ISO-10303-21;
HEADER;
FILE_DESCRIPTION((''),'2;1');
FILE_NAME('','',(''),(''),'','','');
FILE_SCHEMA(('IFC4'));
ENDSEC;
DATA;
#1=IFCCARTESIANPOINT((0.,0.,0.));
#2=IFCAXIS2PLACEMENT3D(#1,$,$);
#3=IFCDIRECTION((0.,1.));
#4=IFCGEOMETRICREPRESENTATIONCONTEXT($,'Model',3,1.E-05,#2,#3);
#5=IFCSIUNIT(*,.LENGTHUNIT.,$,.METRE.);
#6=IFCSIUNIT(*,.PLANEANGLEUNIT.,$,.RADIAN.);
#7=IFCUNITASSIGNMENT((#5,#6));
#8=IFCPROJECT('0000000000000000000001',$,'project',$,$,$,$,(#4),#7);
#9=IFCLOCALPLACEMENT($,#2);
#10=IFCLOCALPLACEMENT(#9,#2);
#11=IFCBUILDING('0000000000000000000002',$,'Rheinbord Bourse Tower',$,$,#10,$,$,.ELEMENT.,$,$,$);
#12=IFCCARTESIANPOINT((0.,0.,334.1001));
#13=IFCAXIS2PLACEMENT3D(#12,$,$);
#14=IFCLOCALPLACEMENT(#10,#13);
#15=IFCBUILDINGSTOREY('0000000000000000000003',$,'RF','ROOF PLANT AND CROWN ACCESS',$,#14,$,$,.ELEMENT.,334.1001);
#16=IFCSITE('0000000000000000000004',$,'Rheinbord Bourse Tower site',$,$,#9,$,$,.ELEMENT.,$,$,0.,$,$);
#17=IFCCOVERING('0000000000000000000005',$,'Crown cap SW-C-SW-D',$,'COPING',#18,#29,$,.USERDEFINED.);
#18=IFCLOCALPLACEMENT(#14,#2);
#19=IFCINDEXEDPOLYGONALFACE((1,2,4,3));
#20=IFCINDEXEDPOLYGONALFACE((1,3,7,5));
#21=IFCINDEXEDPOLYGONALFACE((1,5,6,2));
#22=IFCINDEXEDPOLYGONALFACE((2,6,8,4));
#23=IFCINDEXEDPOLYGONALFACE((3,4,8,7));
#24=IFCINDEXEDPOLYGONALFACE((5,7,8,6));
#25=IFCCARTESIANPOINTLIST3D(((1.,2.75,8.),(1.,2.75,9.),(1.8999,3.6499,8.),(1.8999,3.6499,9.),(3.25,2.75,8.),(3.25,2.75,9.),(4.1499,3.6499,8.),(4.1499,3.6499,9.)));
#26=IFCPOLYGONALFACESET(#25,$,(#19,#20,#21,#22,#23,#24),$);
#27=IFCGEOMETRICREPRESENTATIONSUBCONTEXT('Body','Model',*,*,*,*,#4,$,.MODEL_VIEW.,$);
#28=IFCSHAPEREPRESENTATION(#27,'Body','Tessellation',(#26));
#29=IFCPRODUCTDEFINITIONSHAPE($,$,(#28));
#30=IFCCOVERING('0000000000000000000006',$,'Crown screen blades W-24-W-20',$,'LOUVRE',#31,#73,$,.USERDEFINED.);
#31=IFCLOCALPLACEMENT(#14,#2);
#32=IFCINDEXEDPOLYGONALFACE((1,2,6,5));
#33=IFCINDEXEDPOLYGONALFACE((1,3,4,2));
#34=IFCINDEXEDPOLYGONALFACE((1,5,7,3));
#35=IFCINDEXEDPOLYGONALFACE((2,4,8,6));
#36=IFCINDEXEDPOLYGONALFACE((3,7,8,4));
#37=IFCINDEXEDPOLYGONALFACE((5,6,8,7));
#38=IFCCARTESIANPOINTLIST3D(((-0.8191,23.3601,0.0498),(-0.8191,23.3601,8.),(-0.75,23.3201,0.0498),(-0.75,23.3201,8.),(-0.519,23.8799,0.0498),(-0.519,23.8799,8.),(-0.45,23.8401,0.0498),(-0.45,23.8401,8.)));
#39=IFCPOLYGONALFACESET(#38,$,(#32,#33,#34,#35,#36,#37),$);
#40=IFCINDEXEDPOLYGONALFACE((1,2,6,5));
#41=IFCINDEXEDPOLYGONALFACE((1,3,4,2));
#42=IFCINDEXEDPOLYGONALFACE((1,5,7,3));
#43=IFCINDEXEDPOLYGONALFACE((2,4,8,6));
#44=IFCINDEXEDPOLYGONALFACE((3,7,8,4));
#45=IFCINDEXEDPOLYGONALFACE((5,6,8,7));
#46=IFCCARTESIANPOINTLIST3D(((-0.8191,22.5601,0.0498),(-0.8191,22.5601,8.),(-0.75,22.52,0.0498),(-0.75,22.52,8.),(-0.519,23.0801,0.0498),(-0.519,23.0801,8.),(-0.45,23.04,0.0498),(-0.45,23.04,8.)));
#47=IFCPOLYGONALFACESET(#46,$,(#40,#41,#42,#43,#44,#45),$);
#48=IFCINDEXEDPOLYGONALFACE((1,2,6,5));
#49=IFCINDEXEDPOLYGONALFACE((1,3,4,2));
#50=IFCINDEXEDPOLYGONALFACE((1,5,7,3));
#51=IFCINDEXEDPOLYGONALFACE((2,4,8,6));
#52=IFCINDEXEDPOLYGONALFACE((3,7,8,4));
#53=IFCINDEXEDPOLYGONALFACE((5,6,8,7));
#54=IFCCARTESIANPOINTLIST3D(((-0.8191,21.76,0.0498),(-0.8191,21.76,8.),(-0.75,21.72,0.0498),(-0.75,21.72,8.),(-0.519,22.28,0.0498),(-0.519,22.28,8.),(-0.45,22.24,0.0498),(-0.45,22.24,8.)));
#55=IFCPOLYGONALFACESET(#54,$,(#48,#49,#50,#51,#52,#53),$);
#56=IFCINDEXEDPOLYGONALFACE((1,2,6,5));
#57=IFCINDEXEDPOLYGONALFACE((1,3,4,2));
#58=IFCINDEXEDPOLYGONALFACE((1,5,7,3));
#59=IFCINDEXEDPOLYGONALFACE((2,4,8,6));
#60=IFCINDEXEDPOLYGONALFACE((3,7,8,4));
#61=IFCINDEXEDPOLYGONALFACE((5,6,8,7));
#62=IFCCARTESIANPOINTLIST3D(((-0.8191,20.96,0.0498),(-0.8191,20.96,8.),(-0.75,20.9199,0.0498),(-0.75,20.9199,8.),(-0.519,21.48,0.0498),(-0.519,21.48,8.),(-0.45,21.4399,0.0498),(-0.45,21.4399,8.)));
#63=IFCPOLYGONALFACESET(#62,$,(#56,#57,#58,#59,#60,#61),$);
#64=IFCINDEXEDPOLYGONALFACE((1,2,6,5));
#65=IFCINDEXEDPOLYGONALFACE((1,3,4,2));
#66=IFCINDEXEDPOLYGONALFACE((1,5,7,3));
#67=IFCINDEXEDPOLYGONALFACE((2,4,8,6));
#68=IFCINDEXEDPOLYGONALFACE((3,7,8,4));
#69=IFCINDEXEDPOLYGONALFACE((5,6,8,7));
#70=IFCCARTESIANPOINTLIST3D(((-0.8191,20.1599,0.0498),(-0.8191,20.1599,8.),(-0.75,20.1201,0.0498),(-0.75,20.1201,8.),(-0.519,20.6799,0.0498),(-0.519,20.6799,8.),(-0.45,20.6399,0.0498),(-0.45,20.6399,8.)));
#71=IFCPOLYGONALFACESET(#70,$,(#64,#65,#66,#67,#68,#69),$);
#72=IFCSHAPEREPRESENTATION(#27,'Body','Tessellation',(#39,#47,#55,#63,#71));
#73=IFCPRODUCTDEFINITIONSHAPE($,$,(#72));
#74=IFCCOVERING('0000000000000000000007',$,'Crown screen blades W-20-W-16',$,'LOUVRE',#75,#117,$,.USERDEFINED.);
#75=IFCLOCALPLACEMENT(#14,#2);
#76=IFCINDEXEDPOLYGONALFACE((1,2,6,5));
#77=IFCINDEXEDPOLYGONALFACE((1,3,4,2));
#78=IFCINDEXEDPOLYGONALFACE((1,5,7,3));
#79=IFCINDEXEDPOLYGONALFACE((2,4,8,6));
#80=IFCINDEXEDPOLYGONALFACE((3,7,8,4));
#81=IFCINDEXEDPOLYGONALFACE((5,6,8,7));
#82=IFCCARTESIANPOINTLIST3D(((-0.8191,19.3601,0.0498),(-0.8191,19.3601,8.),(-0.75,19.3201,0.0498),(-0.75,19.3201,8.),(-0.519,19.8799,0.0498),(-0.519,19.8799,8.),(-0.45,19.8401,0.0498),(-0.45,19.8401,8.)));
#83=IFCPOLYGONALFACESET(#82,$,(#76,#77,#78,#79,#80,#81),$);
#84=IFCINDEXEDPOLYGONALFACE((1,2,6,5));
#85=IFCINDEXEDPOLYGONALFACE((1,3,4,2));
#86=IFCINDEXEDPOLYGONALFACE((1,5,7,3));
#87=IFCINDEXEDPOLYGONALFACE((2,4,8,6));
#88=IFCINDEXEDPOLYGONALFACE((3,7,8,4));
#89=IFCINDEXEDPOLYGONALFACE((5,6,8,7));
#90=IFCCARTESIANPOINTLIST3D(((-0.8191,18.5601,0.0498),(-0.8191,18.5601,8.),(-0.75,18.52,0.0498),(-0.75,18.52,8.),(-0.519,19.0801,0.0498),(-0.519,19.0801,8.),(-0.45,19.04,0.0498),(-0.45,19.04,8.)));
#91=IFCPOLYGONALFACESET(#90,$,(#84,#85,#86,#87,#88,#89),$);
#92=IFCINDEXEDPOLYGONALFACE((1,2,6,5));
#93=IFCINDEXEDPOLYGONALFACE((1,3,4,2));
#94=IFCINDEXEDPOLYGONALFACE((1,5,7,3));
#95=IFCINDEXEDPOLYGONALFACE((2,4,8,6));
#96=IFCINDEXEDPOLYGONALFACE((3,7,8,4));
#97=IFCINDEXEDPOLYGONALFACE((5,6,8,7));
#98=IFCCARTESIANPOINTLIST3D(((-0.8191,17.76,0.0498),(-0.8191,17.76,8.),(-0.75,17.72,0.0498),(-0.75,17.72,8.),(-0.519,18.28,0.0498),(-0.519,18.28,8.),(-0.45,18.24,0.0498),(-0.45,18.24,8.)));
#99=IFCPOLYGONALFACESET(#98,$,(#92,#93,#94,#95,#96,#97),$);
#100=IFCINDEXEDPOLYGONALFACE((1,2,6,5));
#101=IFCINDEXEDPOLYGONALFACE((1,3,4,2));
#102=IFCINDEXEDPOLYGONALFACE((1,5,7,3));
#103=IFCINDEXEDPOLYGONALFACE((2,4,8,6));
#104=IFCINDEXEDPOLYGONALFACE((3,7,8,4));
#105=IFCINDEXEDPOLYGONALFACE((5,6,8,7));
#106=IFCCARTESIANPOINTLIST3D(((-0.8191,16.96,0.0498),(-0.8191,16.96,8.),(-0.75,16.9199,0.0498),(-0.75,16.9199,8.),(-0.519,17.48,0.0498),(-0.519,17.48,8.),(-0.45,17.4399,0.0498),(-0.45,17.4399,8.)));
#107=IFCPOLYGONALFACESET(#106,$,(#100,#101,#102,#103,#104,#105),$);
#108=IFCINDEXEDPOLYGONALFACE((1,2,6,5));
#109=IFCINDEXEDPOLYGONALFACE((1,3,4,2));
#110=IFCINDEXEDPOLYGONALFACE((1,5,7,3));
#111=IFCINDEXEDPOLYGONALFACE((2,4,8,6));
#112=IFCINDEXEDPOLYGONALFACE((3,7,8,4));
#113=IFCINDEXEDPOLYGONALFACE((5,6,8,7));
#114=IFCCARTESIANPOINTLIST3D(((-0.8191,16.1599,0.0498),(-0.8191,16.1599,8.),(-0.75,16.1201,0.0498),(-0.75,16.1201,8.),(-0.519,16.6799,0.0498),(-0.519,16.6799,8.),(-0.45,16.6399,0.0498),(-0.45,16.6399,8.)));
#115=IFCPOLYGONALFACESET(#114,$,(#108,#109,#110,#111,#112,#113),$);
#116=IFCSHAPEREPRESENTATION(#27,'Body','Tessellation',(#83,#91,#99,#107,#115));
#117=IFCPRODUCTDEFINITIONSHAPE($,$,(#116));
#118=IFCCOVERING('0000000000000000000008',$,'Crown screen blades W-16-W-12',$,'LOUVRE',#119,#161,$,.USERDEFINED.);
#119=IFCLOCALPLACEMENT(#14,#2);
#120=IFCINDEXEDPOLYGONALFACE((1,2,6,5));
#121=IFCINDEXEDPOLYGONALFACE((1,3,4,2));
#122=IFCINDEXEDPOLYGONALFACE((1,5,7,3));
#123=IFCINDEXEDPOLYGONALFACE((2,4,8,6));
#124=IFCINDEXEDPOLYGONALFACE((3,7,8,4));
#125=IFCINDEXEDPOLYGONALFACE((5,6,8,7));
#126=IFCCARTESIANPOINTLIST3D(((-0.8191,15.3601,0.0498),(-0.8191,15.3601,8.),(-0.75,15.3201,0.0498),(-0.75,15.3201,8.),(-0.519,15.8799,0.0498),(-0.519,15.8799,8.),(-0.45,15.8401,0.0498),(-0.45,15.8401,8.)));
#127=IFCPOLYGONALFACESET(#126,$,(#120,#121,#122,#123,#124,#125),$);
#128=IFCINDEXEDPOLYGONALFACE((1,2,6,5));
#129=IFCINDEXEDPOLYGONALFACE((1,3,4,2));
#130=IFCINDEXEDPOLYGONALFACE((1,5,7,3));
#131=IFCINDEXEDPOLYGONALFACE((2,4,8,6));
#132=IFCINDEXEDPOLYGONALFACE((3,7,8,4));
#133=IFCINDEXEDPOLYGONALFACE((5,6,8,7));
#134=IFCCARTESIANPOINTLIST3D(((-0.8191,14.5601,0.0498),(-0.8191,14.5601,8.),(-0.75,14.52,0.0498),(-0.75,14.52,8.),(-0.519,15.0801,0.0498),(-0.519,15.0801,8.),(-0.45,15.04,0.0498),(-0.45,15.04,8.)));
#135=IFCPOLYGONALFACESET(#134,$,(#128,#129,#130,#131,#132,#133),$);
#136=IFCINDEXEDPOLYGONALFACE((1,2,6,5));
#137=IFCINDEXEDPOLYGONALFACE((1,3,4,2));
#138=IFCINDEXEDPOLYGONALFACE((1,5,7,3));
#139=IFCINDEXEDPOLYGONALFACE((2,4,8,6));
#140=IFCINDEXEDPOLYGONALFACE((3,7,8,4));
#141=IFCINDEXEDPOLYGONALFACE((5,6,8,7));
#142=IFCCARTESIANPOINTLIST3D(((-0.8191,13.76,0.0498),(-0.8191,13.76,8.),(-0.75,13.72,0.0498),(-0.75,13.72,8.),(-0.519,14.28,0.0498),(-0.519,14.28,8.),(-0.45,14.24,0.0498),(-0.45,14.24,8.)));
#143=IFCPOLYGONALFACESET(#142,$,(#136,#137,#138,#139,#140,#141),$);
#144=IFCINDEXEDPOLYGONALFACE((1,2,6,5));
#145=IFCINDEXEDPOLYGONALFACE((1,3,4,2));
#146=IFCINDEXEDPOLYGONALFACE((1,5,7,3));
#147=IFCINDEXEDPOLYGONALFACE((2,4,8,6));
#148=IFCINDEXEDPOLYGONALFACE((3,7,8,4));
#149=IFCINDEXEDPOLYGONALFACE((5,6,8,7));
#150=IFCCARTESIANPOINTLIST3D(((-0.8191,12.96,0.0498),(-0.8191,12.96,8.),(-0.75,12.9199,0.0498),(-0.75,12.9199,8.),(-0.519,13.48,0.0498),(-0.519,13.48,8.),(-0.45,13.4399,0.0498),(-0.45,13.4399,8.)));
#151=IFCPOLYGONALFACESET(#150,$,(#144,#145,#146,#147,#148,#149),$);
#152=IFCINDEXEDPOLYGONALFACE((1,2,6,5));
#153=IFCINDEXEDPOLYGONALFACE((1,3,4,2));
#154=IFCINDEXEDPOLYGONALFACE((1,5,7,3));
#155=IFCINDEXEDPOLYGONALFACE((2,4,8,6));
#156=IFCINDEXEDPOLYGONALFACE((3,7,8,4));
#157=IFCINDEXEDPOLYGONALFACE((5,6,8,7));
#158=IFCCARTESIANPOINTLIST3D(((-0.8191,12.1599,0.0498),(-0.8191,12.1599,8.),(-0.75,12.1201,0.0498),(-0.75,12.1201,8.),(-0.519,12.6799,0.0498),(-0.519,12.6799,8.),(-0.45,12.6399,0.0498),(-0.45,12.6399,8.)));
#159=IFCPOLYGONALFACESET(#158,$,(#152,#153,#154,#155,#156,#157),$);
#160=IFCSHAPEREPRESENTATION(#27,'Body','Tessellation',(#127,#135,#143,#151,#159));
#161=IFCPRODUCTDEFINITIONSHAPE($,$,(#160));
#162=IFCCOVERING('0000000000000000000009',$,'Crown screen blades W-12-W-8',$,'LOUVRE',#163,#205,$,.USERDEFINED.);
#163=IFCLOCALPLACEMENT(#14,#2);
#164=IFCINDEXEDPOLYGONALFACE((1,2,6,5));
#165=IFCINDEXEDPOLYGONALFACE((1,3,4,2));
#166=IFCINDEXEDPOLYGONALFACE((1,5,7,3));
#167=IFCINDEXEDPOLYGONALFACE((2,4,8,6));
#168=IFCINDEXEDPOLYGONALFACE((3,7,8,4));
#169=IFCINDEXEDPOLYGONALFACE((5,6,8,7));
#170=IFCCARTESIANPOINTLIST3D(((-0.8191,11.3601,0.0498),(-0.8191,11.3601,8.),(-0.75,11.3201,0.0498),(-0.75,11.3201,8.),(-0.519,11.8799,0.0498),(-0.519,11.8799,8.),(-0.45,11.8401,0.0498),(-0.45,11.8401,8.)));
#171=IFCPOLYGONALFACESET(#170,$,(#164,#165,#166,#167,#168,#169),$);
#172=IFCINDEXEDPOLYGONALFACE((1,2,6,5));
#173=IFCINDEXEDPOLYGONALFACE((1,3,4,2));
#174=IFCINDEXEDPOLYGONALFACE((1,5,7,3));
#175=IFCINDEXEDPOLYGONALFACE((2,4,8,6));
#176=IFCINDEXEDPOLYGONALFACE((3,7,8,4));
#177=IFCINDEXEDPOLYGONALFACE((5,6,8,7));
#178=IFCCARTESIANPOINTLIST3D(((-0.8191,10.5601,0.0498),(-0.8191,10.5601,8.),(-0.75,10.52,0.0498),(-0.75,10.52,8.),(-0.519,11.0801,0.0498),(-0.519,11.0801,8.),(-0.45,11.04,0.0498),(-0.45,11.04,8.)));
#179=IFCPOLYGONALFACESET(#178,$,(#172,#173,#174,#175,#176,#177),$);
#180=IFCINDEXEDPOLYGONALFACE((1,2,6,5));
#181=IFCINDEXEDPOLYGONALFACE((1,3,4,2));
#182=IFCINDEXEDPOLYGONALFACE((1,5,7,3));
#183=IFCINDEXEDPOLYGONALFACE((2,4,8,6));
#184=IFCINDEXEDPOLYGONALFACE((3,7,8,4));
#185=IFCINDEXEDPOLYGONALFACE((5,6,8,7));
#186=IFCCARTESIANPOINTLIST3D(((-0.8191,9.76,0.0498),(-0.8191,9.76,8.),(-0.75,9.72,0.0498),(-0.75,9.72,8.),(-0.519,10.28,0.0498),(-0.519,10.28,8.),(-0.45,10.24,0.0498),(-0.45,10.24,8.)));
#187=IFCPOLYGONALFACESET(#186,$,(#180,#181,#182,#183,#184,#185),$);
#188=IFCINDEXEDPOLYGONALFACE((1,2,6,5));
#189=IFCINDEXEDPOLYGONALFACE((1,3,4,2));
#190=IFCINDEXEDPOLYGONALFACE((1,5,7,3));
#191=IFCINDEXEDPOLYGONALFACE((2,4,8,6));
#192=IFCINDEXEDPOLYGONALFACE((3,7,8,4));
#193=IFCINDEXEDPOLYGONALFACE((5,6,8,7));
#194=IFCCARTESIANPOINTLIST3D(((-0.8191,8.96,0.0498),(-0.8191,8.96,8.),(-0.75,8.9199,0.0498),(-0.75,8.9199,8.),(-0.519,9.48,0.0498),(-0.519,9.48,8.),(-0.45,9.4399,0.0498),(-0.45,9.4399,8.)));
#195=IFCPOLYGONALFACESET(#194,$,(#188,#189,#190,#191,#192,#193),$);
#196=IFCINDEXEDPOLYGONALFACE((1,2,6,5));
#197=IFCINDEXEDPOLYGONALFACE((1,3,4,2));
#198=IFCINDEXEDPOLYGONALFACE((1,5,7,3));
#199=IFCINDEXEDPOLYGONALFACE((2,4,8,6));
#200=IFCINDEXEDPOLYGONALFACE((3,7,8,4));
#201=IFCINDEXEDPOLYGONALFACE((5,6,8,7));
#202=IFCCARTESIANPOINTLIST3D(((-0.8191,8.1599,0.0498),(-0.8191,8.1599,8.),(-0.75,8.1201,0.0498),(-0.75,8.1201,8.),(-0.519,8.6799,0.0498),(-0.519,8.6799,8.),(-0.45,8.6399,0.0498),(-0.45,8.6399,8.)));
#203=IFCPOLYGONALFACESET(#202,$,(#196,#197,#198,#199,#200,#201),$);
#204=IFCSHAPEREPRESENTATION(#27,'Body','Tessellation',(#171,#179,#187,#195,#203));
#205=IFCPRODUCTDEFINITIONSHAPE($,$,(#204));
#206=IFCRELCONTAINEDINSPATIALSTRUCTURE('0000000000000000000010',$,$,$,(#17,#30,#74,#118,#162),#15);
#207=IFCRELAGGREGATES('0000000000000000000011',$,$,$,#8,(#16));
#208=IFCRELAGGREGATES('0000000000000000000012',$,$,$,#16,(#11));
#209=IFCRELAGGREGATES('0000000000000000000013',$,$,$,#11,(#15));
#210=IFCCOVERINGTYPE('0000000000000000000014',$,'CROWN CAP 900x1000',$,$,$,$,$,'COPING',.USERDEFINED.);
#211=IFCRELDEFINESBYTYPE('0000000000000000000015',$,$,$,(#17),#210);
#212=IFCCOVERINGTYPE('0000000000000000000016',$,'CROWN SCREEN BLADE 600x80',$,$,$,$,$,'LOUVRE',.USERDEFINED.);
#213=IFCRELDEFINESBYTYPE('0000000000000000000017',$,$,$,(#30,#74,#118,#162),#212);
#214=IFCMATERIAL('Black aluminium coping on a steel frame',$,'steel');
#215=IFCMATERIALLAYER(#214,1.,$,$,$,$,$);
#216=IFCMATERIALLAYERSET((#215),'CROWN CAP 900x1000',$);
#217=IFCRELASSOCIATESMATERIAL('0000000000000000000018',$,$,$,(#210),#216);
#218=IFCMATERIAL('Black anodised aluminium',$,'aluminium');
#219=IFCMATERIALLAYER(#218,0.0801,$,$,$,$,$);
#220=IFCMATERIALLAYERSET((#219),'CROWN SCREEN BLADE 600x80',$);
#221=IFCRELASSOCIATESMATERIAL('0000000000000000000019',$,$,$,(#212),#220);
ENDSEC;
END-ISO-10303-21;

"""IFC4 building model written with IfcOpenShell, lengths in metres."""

from ifc_helpers import new_model, si_unit, direction, frame, origin, place, context, subcontext, project, spatial, polyline, outline, extrude, material, layer, layer_set, type_object, element, save


model = new_model("IFC4")

# Units and contexts
model_context = context("Model", 3, precision=1e-05, world=origin(), true_north=direction((0.0, 1.0)))
body_context = subcontext(model_context, "Body", "Model", "MODEL_VIEW")
ifc_project = project(units=[si_unit("LENGTHUNIT", "METRE"), si_unit("PLANEANGLEUNIT", "RADIAN")], contexts=[model_context])

# Site, building, storey
site_placement = place(None, origin())
site = spatial("IfcSite", under=ifc_project, at=site_placement, Name="Rheinbord Bourse Tower site", CompositionType="ELEMENT", RefElevation=0.0)
building_placement = place(site_placement, origin())
building = spatial("IfcBuilding", under=site, at=building_placement, Name="Rheinbord Bourse Tower", CompositionType="ELEMENT")
storey_placement = place(building_placement, frame((0.0, 0.0, 334.1001)))
storey = spatial("IfcBuildingStorey", under=building, at=storey_placement, Name="RF", Description="ROOF PLANT AND CROWN ACCESS", CompositionType="ELEMENT", Elevation=334.1001)

# Coverings
ifc_material_1 = material(Name="Black aluminium coping on a steel frame", Category="steel")
ifc_layer_1 = layer(ifc_material_1, 1.0)
ifc_layer_set_1 = layer_set([ifc_layer_1], Name="CROWN CAP 900x1000")
covering_type_1 = type_object("IfcCoveringType", Name="CROWN CAP 900x1000", ElementType="COPING", PredefinedType="USERDEFINED", material=ifc_layer_set_1)
covering_1_placement = place(storey_placement, frame((0.0, 0.0, 8.0)))
element("IfcCovering", 1, at=covering_1_placement, inside=storey, type_object=covering_type_1, Name="Crown cap SW-C-SW-D", ObjectType="COPING", PredefinedType="USERDEFINED", context=body_context, shape_type="SweptSolid", body=[
    extrude(outline(polyline([(1.8999, 3.6499), (4.1499, 3.6499), (3.25, 2.75), (1.0, 2.75), (1.8999, 3.6499)])), origin(), (0.0, 0.0, 1.0), 1.0),
])
ifc_material_2 = material(Name="Black anodised aluminium", Category="aluminium")
ifc_layer_2 = layer(ifc_material_2, 0.0801)
ifc_layer_set_2 = layer_set([ifc_layer_2], Name="CROWN SCREEN BLADE 600x80")
covering_type_2 = type_object("IfcCoveringType", Name="CROWN SCREEN BLADE 600x80", ElementType="LOUVRE", PredefinedType="USERDEFINED", material=ifc_layer_set_2)
covering_2_placement = place(storey_placement, frame((0.0, 0.0, 0.0498)))
element("IfcCovering", 2, at=covering_2_placement, inside=storey, type_object=covering_type_2, Name="Crown screen blades W-24-W-20", ObjectType="LOUVRE", PredefinedType="USERDEFINED", context=body_context, shape_type="SweptSolid", body=[
    extrude(outline(polyline([(-0.45, 23.8401), (-0.75, 23.3201), (-0.8191, 23.3601), (-0.519, 23.8799), (-0.45, 23.8401)])), origin(), (0.0, 0.0, 1.0), 7.9502),
    extrude(outline(polyline([(-0.45, 23.04), (-0.75, 22.52), (-0.8191, 22.5601), (-0.519, 23.0801), (-0.45, 23.04)])), origin(), (0.0, 0.0, 1.0), 7.9502),
    extrude(outline(polyline([(-0.45, 22.24), (-0.75, 21.72), (-0.8191, 21.76), (-0.519, 22.28), (-0.45, 22.24)])), origin(), (0.0, 0.0, 1.0), 7.9502),
    extrude(outline(polyline([(-0.45, 21.4399), (-0.75, 20.9199), (-0.8191, 20.96), (-0.519, 21.48), (-0.45, 21.4399)])), origin(), (0.0, 0.0, 1.0), 7.9502),
    extrude(outline(polyline([(-0.45, 20.6399), (-0.75, 20.1201), (-0.8191, 20.1599), (-0.519, 20.6799), (-0.45, 20.6399)])), origin(), (0.0, 0.0, 1.0), 7.9502),
])
covering_3_placement = place(storey_placement, frame((0.0, 0.0, 0.0498)))
element("IfcCovering", 3, at=covering_3_placement, inside=storey, type_object=covering_type_2, Name="Crown screen blades W-20-W-16", ObjectType="LOUVRE", PredefinedType="USERDEFINED", context=body_context, shape_type="SweptSolid", body=[
    extrude(outline(polyline([(-0.45, 19.8401), (-0.75, 19.3201), (-0.8191, 19.3601), (-0.519, 19.8799), (-0.45, 19.8401)])), origin(), (0.0, 0.0, 1.0), 7.9502),
    extrude(outline(polyline([(-0.45, 19.04), (-0.75, 18.52), (-0.8191, 18.5601), (-0.519, 19.0801), (-0.45, 19.04)])), origin(), (0.0, 0.0, 1.0), 7.9502),
    extrude(outline(polyline([(-0.45, 18.24), (-0.75, 17.72), (-0.8191, 17.76), (-0.519, 18.28), (-0.45, 18.24)])), origin(), (0.0, 0.0, 1.0), 7.9502),
    extrude(outline(polyline([(-0.45, 17.4399), (-0.75, 16.9199), (-0.8191, 16.96), (-0.519, 17.48), (-0.45, 17.4399)])), origin(), (0.0, 0.0, 1.0), 7.9502),
    extrude(outline(polyline([(-0.45, 16.6399), (-0.75, 16.1201), (-0.8191, 16.1599), (-0.519, 16.6799), (-0.45, 16.6399)])), origin(), (0.0, 0.0, 1.0), 7.9502),
])
covering_4_placement = place(storey_placement, frame((0.0, 0.0, 0.0498)))
element("IfcCovering", 4, at=covering_4_placement, inside=storey, type_object=covering_type_2, Name="Crown screen blades W-16-W-12", ObjectType="LOUVRE", PredefinedType="USERDEFINED", context=body_context, shape_type="SweptSolid", body=[
    extrude(outline(polyline([(-0.45, 15.8401), (-0.75, 15.3201), (-0.8191, 15.3601), (-0.519, 15.8799), (-0.45, 15.8401)])), origin(), (0.0, 0.0, 1.0), 7.9502),
    extrude(outline(polyline([(-0.45, 15.04), (-0.75, 14.52), (-0.8191, 14.5601), (-0.519, 15.0801), (-0.45, 15.04)])), origin(), (0.0, 0.0, 1.0), 7.9502),
    extrude(outline(polyline([(-0.45, 14.24), (-0.75, 13.72), (-0.8191, 13.76), (-0.519, 14.28), (-0.45, 14.24)])), origin(), (0.0, 0.0, 1.0), 7.9502),
    extrude(outline(polyline([(-0.45, 13.4399), (-0.75, 12.9199), (-0.8191, 12.96), (-0.519, 13.48), (-0.45, 13.4399)])), origin(), (0.0, 0.0, 1.0), 7.9502),
    extrude(outline(polyline([(-0.45, 12.6399), (-0.75, 12.1201), (-0.8191, 12.1599), (-0.519, 12.6799), (-0.45, 12.6399)])), origin(), (0.0, 0.0, 1.0), 7.9502),
])
covering_5_placement = place(storey_placement, frame((0.0, 0.0, 0.0498)))
element("IfcCovering", 5, at=covering_5_placement, inside=storey, type_object=covering_type_2, Name="Crown screen blades W-12-W-8", ObjectType="LOUVRE", PredefinedType="USERDEFINED", context=body_context, shape_type="SweptSolid", body=[
    extrude(outline(polyline([(-0.45, 11.8401), (-0.75, 11.3201), (-0.8191, 11.3601), (-0.519, 11.8799), (-0.45, 11.8401)])), origin(), (0.0, 0.0, 1.0), 7.9502),
    extrude(outline(polyline([(-0.45, 11.04), (-0.75, 10.52), (-0.8191, 10.5601), (-0.519, 11.0801), (-0.45, 11.04)])), origin(), (0.0, 0.0, 1.0), 7.9502),
    extrude(outline(polyline([(-0.45, 10.24), (-0.75, 9.72), (-0.8191, 9.76), (-0.519, 10.28), (-0.45, 10.24)])), origin(), (0.0, 0.0, 1.0), 7.9502),
    extrude(outline(polyline([(-0.45, 9.4399), (-0.75, 8.9199), (-0.8191, 8.96), (-0.519, 9.48), (-0.45, 9.4399)])), origin(), (0.0, 0.0, 1.0), 7.9502),
    extrude(outline(polyline([(-0.45, 8.6399), (-0.75, 8.1201), (-0.8191, 8.1599), (-0.519, 8.6799), (-0.45, 8.6399)])), origin(), (0.0, 0.0, 1.0), 7.9502),
])

save(model, "model.ifc")
